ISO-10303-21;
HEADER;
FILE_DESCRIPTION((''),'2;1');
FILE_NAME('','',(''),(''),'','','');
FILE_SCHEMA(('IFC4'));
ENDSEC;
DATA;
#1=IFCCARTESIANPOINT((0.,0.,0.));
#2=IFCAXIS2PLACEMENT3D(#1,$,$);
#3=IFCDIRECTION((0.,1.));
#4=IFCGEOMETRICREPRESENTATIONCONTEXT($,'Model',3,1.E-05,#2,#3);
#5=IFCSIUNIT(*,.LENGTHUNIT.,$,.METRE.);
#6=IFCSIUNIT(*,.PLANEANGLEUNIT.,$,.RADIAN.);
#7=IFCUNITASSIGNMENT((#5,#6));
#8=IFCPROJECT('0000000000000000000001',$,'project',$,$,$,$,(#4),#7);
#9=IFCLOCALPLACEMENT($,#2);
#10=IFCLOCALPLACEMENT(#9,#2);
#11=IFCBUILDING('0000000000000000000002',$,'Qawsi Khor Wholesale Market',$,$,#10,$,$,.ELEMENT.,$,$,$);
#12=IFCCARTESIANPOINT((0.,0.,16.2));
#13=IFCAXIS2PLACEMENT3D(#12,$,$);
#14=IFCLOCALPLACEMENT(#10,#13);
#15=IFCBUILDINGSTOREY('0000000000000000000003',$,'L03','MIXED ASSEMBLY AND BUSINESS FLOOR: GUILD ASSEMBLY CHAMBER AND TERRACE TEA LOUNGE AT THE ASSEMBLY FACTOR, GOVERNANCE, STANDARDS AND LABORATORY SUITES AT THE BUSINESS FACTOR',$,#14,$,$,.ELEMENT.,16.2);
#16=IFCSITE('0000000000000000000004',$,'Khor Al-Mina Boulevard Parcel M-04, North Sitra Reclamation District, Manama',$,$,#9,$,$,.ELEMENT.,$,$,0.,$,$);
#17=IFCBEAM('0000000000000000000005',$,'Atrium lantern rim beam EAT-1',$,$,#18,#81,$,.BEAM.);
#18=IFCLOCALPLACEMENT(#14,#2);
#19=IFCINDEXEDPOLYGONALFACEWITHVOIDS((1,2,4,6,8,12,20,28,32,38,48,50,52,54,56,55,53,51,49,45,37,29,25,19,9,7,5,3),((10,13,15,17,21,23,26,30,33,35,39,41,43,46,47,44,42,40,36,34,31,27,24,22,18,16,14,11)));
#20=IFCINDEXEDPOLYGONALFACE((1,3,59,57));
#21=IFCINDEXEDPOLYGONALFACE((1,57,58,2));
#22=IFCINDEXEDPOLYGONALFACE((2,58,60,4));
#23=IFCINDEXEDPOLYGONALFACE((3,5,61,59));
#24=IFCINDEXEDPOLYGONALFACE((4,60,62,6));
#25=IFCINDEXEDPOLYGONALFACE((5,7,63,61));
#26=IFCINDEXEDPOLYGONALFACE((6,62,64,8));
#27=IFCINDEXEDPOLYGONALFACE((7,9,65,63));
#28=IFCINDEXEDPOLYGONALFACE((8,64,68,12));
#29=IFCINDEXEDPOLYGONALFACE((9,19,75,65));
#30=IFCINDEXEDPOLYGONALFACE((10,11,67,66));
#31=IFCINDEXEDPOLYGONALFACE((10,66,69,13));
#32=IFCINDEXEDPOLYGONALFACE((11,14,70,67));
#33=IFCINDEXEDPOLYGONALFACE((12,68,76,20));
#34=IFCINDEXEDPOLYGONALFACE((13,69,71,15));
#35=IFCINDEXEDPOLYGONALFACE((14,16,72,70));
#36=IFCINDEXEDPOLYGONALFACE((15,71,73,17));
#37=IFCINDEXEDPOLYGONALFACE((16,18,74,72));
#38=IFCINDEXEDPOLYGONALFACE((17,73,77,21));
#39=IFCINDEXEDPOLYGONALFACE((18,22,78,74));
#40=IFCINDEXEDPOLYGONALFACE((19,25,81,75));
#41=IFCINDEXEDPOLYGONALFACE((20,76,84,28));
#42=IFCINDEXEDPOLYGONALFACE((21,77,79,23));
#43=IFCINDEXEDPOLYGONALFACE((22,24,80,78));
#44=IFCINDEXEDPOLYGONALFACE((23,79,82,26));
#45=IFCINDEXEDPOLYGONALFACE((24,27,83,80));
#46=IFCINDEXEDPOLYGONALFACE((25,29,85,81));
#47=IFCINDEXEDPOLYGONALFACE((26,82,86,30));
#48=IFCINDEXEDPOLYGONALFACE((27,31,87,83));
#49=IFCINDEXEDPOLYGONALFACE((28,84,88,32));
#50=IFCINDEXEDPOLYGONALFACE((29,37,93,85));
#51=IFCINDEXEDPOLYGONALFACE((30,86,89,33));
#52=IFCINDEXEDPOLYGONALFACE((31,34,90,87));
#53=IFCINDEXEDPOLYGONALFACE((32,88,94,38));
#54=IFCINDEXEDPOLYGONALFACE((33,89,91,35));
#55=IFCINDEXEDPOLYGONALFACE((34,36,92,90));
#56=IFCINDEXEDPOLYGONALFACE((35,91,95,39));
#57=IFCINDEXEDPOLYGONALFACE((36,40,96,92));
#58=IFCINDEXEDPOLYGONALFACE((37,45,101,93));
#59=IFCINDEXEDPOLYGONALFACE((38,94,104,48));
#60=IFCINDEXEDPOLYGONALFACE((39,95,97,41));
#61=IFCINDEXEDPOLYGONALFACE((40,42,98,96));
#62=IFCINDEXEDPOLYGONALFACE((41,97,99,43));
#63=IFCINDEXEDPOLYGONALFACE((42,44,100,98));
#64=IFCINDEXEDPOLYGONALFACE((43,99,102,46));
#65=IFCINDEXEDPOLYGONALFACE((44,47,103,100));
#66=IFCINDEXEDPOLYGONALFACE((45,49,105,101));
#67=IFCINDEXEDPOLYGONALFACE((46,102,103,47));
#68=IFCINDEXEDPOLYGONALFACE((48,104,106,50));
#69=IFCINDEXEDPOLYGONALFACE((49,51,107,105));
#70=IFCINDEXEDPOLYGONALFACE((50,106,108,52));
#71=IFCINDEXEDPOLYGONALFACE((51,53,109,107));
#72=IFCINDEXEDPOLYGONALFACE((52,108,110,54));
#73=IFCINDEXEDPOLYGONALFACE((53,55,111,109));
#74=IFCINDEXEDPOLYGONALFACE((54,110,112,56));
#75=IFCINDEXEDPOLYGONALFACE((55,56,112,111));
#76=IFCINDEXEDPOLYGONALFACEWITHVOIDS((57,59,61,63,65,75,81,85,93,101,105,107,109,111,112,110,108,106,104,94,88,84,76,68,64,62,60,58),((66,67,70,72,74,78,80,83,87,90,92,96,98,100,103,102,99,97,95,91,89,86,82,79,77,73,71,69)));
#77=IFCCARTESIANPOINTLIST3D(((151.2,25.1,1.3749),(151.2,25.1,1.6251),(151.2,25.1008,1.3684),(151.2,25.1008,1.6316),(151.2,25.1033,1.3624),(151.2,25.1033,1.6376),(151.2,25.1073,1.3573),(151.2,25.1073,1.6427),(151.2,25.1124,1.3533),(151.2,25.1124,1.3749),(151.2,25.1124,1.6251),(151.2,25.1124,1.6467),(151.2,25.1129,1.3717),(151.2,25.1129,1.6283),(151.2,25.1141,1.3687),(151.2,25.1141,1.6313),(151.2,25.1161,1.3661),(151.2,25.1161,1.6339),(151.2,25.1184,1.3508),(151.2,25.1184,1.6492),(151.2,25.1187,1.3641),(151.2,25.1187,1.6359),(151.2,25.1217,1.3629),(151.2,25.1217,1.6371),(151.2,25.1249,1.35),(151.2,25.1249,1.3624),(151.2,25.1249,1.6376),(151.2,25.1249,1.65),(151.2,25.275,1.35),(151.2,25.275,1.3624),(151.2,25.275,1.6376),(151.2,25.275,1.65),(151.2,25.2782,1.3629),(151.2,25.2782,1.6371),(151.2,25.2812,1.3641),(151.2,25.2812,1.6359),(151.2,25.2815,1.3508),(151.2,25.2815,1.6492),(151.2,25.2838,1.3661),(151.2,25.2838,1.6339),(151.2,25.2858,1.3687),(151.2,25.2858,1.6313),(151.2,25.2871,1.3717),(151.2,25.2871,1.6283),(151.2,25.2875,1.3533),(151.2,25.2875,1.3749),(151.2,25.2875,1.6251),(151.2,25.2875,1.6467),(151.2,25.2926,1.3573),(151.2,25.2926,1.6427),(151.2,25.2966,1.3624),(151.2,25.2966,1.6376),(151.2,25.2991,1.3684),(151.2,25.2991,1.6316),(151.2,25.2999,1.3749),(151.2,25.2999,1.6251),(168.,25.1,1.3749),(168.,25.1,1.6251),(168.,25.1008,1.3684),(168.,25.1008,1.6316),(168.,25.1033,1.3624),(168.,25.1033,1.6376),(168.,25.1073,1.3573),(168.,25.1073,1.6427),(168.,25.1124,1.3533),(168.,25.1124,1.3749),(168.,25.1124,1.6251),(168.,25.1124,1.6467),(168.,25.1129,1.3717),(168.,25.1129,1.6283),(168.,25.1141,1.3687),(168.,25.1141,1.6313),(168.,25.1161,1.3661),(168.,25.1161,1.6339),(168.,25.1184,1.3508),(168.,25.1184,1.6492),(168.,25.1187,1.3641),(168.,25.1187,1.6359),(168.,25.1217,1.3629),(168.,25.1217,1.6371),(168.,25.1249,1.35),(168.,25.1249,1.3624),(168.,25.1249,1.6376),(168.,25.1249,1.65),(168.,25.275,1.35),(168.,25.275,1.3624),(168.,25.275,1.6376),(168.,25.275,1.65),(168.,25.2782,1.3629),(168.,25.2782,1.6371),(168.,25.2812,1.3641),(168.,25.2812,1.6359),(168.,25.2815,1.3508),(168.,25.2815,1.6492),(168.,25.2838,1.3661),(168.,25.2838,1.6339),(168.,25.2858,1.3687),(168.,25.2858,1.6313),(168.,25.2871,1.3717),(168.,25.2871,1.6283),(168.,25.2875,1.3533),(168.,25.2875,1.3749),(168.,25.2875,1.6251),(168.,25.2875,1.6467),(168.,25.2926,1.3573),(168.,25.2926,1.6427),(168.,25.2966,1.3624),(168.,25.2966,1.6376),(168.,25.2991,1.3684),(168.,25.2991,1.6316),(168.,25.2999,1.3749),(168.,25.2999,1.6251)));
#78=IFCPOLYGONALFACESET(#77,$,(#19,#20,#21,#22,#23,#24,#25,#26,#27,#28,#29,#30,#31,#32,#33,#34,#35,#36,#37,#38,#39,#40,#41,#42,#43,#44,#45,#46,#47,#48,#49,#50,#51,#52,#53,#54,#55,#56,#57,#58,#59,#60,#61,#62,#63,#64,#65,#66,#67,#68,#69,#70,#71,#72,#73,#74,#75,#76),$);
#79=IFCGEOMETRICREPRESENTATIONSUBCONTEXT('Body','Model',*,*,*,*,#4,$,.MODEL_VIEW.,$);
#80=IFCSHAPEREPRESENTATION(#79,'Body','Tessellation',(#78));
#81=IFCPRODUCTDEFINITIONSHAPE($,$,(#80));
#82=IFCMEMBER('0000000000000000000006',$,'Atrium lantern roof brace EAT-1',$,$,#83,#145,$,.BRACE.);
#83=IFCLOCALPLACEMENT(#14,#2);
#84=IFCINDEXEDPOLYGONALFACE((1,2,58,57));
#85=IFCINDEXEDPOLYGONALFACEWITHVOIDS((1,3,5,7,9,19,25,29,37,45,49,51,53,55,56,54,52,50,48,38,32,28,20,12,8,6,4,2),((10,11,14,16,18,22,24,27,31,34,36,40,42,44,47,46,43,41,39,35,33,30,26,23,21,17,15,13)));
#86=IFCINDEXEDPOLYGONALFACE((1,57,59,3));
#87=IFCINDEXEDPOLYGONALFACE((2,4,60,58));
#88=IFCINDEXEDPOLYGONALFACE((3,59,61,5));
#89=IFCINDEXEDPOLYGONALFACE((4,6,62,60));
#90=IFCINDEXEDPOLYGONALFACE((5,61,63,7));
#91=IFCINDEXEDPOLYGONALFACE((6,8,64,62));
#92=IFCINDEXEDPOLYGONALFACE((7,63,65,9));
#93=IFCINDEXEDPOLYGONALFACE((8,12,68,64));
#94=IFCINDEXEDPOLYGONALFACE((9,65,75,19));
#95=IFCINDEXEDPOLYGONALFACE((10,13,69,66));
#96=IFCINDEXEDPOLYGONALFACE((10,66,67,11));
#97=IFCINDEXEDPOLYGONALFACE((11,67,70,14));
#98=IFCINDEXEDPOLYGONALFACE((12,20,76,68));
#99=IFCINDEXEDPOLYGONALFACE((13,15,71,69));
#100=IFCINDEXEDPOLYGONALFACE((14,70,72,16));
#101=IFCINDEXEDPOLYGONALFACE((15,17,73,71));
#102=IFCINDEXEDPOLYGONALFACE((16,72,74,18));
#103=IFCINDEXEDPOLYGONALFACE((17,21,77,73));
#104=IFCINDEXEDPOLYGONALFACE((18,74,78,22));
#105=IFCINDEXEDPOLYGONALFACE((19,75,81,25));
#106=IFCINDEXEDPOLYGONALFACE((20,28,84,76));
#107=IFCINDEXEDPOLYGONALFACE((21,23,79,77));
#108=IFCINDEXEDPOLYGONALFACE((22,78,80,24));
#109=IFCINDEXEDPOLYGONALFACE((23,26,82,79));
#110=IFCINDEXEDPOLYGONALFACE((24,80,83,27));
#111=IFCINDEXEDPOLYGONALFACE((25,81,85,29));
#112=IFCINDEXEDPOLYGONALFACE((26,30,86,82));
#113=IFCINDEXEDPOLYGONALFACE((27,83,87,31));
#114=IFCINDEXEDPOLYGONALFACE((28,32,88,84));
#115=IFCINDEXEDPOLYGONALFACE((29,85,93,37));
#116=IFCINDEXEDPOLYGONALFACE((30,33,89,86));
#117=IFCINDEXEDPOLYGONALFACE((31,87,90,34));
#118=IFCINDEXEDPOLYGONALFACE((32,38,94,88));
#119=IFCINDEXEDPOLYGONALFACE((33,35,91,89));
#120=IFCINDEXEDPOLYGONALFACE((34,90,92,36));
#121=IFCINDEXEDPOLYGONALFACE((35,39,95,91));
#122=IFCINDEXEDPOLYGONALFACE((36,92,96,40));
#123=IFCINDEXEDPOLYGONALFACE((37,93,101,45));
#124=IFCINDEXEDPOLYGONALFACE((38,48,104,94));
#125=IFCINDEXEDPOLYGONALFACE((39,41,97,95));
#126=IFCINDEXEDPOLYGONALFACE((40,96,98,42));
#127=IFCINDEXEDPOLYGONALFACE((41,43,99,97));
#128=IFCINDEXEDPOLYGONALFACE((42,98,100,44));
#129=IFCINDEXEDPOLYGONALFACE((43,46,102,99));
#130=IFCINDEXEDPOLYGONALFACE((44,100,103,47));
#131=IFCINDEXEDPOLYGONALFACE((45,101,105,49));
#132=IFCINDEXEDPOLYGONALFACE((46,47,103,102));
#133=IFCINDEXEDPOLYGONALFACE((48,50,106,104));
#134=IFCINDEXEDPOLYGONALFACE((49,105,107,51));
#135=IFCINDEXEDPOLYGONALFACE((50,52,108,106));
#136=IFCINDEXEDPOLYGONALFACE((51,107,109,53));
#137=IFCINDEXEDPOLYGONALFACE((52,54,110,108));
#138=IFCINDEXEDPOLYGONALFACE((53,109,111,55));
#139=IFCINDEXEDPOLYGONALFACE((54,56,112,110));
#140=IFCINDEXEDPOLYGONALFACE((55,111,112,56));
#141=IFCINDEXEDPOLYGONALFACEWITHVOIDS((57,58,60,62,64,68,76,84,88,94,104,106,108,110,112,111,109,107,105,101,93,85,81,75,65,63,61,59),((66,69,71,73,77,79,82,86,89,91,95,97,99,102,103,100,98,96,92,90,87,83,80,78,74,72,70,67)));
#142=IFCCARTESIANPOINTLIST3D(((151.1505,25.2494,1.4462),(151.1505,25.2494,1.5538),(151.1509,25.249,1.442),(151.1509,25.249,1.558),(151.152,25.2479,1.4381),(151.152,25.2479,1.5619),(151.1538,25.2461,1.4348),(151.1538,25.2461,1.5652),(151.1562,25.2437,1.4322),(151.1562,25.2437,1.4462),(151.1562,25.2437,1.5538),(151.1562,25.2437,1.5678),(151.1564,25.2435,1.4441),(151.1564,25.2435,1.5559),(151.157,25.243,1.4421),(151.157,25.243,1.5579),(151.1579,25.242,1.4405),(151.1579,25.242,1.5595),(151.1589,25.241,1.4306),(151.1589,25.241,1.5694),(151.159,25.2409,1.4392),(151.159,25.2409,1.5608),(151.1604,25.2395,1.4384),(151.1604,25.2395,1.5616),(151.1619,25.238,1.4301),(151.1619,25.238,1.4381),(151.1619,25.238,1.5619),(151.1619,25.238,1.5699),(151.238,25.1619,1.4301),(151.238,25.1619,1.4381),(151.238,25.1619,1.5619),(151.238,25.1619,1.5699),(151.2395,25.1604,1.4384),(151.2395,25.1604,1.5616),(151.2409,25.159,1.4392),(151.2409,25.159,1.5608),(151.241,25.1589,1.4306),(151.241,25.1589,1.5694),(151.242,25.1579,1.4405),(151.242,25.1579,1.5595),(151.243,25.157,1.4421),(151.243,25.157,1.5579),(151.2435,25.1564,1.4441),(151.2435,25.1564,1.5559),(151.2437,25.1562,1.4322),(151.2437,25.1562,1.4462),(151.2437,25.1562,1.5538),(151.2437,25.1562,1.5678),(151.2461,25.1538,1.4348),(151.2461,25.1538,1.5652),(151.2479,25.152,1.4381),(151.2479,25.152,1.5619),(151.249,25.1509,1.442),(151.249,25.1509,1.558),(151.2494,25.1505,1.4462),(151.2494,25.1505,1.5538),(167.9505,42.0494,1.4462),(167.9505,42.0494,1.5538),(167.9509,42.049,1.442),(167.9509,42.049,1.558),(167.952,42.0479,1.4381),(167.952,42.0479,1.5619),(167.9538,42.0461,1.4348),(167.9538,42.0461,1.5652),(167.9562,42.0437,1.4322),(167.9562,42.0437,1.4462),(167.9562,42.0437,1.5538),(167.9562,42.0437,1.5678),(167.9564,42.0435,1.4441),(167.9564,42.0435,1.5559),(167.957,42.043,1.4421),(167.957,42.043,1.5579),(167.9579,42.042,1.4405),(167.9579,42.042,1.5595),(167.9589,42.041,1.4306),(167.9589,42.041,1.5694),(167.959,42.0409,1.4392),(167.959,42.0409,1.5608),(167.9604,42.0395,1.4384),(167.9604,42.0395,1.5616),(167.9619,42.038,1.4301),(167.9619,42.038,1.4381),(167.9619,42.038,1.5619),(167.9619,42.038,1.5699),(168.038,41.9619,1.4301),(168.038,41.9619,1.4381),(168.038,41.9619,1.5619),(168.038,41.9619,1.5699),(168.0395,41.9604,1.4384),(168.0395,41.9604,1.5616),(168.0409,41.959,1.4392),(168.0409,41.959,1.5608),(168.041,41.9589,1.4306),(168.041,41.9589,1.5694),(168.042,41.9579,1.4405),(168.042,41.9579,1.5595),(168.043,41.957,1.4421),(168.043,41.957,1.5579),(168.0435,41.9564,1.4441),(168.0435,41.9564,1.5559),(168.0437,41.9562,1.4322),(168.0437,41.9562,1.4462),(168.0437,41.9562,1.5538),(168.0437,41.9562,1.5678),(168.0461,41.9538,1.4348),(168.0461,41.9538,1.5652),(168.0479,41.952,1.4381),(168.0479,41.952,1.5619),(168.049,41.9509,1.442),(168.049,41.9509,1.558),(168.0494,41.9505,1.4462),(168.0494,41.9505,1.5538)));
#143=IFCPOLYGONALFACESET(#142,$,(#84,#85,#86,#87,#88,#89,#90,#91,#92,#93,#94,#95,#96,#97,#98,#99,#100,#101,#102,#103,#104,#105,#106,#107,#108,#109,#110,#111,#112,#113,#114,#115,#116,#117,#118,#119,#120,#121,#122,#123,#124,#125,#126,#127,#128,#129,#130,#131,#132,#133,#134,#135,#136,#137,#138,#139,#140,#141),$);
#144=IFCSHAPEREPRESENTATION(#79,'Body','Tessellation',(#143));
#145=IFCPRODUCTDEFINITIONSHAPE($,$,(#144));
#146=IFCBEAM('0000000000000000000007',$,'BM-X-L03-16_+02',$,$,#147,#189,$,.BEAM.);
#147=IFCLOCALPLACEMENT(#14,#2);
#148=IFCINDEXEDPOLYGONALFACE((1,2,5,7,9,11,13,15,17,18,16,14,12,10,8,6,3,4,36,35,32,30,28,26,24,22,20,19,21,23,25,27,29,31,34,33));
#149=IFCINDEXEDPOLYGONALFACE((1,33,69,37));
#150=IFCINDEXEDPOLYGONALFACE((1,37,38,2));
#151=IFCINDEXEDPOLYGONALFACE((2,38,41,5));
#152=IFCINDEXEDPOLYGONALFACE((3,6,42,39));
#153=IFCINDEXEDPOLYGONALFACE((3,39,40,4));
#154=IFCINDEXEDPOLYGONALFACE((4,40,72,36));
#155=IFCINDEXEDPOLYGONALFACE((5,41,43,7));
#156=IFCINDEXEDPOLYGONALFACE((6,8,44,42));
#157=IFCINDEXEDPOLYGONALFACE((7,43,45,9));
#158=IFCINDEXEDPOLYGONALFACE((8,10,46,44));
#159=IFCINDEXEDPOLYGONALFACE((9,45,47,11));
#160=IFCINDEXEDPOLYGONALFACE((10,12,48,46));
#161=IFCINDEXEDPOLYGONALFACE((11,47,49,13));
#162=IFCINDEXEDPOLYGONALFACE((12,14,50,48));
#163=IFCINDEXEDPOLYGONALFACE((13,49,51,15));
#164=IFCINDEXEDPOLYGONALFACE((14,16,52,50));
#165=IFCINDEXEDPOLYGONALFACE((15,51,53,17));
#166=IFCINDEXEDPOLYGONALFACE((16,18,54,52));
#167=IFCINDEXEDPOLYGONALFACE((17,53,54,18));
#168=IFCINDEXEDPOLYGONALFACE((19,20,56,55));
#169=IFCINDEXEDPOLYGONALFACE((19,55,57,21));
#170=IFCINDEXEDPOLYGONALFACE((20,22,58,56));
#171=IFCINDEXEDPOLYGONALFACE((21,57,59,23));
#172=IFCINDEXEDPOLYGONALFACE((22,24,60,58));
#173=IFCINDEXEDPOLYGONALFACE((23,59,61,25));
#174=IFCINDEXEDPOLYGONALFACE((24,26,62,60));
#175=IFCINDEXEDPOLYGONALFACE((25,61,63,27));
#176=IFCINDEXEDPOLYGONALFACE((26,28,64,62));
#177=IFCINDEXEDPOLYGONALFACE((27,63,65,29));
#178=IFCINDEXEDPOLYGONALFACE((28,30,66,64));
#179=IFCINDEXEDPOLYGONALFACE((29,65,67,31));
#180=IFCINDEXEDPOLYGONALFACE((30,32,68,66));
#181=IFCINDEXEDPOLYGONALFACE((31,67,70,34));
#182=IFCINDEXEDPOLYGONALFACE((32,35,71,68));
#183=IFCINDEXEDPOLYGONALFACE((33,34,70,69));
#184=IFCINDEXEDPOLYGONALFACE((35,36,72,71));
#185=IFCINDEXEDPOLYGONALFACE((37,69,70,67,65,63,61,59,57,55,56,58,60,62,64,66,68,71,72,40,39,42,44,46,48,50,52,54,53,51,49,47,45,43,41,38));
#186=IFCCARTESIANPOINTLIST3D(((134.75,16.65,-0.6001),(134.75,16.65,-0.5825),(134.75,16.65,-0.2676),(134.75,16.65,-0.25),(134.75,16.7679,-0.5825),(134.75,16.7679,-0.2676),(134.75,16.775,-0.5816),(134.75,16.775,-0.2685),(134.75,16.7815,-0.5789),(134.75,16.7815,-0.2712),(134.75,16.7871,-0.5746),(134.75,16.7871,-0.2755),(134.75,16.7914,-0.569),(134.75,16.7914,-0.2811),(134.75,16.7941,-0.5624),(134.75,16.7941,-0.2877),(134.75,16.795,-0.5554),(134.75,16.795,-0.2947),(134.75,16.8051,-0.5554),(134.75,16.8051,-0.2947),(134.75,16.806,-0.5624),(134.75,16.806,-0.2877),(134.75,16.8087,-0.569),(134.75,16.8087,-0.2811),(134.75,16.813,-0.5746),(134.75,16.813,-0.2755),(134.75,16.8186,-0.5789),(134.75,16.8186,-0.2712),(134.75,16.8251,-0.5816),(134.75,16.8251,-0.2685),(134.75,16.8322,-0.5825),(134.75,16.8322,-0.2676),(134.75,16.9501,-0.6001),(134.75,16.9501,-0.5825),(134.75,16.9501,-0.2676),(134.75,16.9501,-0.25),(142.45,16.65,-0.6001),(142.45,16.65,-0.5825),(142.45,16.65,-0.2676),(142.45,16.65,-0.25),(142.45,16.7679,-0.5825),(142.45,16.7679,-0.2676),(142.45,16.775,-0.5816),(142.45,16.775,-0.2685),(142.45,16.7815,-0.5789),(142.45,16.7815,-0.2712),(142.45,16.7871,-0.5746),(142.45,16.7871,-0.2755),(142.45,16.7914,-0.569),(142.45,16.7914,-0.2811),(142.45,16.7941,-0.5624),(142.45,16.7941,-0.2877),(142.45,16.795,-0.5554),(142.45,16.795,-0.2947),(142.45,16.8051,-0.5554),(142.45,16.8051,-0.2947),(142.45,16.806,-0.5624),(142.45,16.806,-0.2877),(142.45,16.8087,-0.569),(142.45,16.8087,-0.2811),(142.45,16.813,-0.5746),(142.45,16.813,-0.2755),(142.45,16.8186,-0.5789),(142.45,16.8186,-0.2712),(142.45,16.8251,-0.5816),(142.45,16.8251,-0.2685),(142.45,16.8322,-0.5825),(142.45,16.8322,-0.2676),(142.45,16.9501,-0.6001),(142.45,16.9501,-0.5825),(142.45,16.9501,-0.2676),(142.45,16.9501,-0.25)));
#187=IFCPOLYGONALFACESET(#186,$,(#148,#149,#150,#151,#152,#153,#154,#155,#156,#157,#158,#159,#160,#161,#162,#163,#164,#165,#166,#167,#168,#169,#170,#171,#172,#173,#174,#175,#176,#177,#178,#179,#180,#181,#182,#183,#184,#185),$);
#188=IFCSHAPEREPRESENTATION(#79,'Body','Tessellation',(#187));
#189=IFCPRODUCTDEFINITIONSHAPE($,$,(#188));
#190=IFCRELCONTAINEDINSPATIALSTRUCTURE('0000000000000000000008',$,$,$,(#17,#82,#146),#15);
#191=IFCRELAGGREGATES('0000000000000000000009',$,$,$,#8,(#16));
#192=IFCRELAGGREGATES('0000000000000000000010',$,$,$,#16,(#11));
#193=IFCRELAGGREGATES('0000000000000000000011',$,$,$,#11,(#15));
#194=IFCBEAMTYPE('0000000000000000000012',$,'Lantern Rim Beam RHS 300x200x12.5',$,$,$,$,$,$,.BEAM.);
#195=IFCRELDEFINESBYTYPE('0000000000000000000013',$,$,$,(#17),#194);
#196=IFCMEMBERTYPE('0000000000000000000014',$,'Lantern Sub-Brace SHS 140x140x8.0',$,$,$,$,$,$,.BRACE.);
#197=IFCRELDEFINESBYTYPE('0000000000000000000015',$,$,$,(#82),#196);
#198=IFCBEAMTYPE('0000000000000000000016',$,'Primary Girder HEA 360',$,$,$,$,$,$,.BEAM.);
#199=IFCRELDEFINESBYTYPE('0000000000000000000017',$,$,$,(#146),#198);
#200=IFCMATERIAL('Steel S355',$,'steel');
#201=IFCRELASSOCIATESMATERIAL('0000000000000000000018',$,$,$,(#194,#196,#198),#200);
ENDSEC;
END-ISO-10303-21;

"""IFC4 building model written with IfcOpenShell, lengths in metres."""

from ifc_helpers import new_model, si_unit, direction, frame, origin, origin_2d, place, context, subcontext, project, spatial, hollow_rectangle, i_section, extrude, material, material_profile, profile_set, type_object, element, save


model = new_model("IFC4")

# Units and contexts
model_context = context("Model", 3, precision=1e-05, world=origin(), true_north=direction((0.0, 1.0)))
body_context = subcontext(model_context, "Body", "Model", "MODEL_VIEW")
ifc_project = project(units=[si_unit("LENGTHUNIT", "METRE"), si_unit("PLANEANGLEUNIT", "RADIAN")], contexts=[model_context])

# Site, building, storey
site_placement = place(None, origin())
site = spatial("IfcSite", under=ifc_project, at=site_placement, Name="Khor Al-Mina Boulevard Parcel M-04, North Sitra Reclamation District, Manama", CompositionType="ELEMENT", RefElevation=0.0)
building_placement = place(site_placement, origin())
building = spatial("IfcBuilding", under=site, at=building_placement, Name="Qawsi Khor Wholesale Market", CompositionType="ELEMENT")
storey_placement = place(building_placement, frame((0.0, 0.0, 16.2)))
storey = spatial("IfcBuildingStorey", under=building, at=storey_placement, Name="L03", Description="MIXED ASSEMBLY AND BUSINESS FLOOR: GUILD ASSEMBLY CHAMBER AND TERRACE TEA LOUNGE AT THE ASSEMBLY FACTOR, GOVERNANCE, STANDARDS AND LABORATORY SUITES AT THE BUSINESS FACTOR", CompositionType="ELEMENT", Elevation=16.2)

# Shared definitions
ifc_material_1 = material(Name="Steel S355", Category="steel")

# Beam
ifc_material_profile_1 = material_profile(ifc_material_1, hollow_rectangle(XDim=0.2, YDim=0.3, WallThickness=0.0125, InnerFilletRadius=0.0125, OuterFilletRadius=0.0249, at=origin_2d()), Name="RHS 300x200x12.5")
ifc_profile_set_1 = profile_set([ifc_material_profile_1], Name="Steel S355")
beam_type_1 = type_object("IfcBeamType", Name="Lantern Rim Beam RHS 300x200x12.5", PredefinedType="BEAM", material=ifc_profile_set_1)
beam_1_placement = place(storey_placement, frame((151.2, 25.2, 1.5), z_axis=(1.0, 0.0, 0.0), x_axis=(0.0, 1.0, 0.0)))
element("IfcBeam", 1, at=beam_1_placement, inside=storey, type_object=beam_type_1, Name="Atrium lantern rim beam EAT-1", PredefinedType="BEAM", context=body_context, shape_type="SweptSolid", body=[
    extrude(hollow_rectangle(XDim=0.2, YDim=0.3, WallThickness=0.0125, InnerFilletRadius=0.0125, OuterFilletRadius=0.0249, at=origin_2d()), origin(), (0.0, 0.0, 1.0), 16.8),
])

# Member
ifc_material_profile_2 = material_profile(ifc_material_1, hollow_rectangle(XDim=0.1399, YDim=0.1399, WallThickness=0.0081, InnerFilletRadius=0.0081, OuterFilletRadius=0.0161, at=origin_2d()), Name="SHS 140x140x8.0")
ifc_profile_set_2 = profile_set([ifc_material_profile_2], Name="Steel S355")
member_type_1 = type_object("IfcMemberType", Name="Lantern Sub-Brace SHS 140x140x8.0", PredefinedType="BRACE", material=ifc_profile_set_2)
member_1_placement = place(storey_placement, frame((151.2, 25.2, 1.5), z_axis=(0.707107, 0.707107, 0.0), x_axis=(-0.707107, 0.707107, 0.0)))
element("IfcMember", 2, at=member_1_placement, inside=storey, type_object=member_type_1, Name="Atrium lantern roof brace EAT-1", PredefinedType="BRACE", context=body_context, shape_type="SweptSolid", body=[
    extrude(hollow_rectangle(XDim=0.1399, YDim=0.1399, WallThickness=0.0081, InnerFilletRadius=0.0081, OuterFilletRadius=0.0161, at=origin_2d()), origin(), (0.0, 0.0, 1.0), 23.7588),
])

# Beam
ifc_material_profile_3 = material_profile(ifc_material_1, i_section(OverallWidth=0.3, OverallDepth=0.3501, WebThickness=0.01, FlangeThickness=0.0176, FilletRadius=0.0271, at=origin_2d()), Name="HEA 360")
ifc_profile_set_3 = profile_set([ifc_material_profile_3], Name="Steel S355")
beam_type_2 = type_object("IfcBeamType", Name="Primary Girder HEA 360", PredefinedType="BEAM", material=ifc_profile_set_3)
for number, where, z_axis, x_axis, name in (
    (3, (134.75, 16.8, -0.425), (1.0, 0.0, 0.0), (0.0, 1.0, 0.0), "BM-X-L03-16_+02"),
):
    element("IfcBeam", number, at=place(storey_placement, frame(where, z_axis=z_axis, x_axis=x_axis)), inside=storey, type_object=beam_type_2, Name=name, PredefinedType="BEAM", context=body_context, shape_type="SweptSolid", body=[
        extrude(i_section(OverallWidth=0.3, OverallDepth=0.3501, WebThickness=0.01, FlangeThickness=0.0176, FilletRadius=0.0271, at=origin_2d()), origin(), (0.0, 0.0, 1.0), 7.7),
    ])

save(model, "model.ifc")
